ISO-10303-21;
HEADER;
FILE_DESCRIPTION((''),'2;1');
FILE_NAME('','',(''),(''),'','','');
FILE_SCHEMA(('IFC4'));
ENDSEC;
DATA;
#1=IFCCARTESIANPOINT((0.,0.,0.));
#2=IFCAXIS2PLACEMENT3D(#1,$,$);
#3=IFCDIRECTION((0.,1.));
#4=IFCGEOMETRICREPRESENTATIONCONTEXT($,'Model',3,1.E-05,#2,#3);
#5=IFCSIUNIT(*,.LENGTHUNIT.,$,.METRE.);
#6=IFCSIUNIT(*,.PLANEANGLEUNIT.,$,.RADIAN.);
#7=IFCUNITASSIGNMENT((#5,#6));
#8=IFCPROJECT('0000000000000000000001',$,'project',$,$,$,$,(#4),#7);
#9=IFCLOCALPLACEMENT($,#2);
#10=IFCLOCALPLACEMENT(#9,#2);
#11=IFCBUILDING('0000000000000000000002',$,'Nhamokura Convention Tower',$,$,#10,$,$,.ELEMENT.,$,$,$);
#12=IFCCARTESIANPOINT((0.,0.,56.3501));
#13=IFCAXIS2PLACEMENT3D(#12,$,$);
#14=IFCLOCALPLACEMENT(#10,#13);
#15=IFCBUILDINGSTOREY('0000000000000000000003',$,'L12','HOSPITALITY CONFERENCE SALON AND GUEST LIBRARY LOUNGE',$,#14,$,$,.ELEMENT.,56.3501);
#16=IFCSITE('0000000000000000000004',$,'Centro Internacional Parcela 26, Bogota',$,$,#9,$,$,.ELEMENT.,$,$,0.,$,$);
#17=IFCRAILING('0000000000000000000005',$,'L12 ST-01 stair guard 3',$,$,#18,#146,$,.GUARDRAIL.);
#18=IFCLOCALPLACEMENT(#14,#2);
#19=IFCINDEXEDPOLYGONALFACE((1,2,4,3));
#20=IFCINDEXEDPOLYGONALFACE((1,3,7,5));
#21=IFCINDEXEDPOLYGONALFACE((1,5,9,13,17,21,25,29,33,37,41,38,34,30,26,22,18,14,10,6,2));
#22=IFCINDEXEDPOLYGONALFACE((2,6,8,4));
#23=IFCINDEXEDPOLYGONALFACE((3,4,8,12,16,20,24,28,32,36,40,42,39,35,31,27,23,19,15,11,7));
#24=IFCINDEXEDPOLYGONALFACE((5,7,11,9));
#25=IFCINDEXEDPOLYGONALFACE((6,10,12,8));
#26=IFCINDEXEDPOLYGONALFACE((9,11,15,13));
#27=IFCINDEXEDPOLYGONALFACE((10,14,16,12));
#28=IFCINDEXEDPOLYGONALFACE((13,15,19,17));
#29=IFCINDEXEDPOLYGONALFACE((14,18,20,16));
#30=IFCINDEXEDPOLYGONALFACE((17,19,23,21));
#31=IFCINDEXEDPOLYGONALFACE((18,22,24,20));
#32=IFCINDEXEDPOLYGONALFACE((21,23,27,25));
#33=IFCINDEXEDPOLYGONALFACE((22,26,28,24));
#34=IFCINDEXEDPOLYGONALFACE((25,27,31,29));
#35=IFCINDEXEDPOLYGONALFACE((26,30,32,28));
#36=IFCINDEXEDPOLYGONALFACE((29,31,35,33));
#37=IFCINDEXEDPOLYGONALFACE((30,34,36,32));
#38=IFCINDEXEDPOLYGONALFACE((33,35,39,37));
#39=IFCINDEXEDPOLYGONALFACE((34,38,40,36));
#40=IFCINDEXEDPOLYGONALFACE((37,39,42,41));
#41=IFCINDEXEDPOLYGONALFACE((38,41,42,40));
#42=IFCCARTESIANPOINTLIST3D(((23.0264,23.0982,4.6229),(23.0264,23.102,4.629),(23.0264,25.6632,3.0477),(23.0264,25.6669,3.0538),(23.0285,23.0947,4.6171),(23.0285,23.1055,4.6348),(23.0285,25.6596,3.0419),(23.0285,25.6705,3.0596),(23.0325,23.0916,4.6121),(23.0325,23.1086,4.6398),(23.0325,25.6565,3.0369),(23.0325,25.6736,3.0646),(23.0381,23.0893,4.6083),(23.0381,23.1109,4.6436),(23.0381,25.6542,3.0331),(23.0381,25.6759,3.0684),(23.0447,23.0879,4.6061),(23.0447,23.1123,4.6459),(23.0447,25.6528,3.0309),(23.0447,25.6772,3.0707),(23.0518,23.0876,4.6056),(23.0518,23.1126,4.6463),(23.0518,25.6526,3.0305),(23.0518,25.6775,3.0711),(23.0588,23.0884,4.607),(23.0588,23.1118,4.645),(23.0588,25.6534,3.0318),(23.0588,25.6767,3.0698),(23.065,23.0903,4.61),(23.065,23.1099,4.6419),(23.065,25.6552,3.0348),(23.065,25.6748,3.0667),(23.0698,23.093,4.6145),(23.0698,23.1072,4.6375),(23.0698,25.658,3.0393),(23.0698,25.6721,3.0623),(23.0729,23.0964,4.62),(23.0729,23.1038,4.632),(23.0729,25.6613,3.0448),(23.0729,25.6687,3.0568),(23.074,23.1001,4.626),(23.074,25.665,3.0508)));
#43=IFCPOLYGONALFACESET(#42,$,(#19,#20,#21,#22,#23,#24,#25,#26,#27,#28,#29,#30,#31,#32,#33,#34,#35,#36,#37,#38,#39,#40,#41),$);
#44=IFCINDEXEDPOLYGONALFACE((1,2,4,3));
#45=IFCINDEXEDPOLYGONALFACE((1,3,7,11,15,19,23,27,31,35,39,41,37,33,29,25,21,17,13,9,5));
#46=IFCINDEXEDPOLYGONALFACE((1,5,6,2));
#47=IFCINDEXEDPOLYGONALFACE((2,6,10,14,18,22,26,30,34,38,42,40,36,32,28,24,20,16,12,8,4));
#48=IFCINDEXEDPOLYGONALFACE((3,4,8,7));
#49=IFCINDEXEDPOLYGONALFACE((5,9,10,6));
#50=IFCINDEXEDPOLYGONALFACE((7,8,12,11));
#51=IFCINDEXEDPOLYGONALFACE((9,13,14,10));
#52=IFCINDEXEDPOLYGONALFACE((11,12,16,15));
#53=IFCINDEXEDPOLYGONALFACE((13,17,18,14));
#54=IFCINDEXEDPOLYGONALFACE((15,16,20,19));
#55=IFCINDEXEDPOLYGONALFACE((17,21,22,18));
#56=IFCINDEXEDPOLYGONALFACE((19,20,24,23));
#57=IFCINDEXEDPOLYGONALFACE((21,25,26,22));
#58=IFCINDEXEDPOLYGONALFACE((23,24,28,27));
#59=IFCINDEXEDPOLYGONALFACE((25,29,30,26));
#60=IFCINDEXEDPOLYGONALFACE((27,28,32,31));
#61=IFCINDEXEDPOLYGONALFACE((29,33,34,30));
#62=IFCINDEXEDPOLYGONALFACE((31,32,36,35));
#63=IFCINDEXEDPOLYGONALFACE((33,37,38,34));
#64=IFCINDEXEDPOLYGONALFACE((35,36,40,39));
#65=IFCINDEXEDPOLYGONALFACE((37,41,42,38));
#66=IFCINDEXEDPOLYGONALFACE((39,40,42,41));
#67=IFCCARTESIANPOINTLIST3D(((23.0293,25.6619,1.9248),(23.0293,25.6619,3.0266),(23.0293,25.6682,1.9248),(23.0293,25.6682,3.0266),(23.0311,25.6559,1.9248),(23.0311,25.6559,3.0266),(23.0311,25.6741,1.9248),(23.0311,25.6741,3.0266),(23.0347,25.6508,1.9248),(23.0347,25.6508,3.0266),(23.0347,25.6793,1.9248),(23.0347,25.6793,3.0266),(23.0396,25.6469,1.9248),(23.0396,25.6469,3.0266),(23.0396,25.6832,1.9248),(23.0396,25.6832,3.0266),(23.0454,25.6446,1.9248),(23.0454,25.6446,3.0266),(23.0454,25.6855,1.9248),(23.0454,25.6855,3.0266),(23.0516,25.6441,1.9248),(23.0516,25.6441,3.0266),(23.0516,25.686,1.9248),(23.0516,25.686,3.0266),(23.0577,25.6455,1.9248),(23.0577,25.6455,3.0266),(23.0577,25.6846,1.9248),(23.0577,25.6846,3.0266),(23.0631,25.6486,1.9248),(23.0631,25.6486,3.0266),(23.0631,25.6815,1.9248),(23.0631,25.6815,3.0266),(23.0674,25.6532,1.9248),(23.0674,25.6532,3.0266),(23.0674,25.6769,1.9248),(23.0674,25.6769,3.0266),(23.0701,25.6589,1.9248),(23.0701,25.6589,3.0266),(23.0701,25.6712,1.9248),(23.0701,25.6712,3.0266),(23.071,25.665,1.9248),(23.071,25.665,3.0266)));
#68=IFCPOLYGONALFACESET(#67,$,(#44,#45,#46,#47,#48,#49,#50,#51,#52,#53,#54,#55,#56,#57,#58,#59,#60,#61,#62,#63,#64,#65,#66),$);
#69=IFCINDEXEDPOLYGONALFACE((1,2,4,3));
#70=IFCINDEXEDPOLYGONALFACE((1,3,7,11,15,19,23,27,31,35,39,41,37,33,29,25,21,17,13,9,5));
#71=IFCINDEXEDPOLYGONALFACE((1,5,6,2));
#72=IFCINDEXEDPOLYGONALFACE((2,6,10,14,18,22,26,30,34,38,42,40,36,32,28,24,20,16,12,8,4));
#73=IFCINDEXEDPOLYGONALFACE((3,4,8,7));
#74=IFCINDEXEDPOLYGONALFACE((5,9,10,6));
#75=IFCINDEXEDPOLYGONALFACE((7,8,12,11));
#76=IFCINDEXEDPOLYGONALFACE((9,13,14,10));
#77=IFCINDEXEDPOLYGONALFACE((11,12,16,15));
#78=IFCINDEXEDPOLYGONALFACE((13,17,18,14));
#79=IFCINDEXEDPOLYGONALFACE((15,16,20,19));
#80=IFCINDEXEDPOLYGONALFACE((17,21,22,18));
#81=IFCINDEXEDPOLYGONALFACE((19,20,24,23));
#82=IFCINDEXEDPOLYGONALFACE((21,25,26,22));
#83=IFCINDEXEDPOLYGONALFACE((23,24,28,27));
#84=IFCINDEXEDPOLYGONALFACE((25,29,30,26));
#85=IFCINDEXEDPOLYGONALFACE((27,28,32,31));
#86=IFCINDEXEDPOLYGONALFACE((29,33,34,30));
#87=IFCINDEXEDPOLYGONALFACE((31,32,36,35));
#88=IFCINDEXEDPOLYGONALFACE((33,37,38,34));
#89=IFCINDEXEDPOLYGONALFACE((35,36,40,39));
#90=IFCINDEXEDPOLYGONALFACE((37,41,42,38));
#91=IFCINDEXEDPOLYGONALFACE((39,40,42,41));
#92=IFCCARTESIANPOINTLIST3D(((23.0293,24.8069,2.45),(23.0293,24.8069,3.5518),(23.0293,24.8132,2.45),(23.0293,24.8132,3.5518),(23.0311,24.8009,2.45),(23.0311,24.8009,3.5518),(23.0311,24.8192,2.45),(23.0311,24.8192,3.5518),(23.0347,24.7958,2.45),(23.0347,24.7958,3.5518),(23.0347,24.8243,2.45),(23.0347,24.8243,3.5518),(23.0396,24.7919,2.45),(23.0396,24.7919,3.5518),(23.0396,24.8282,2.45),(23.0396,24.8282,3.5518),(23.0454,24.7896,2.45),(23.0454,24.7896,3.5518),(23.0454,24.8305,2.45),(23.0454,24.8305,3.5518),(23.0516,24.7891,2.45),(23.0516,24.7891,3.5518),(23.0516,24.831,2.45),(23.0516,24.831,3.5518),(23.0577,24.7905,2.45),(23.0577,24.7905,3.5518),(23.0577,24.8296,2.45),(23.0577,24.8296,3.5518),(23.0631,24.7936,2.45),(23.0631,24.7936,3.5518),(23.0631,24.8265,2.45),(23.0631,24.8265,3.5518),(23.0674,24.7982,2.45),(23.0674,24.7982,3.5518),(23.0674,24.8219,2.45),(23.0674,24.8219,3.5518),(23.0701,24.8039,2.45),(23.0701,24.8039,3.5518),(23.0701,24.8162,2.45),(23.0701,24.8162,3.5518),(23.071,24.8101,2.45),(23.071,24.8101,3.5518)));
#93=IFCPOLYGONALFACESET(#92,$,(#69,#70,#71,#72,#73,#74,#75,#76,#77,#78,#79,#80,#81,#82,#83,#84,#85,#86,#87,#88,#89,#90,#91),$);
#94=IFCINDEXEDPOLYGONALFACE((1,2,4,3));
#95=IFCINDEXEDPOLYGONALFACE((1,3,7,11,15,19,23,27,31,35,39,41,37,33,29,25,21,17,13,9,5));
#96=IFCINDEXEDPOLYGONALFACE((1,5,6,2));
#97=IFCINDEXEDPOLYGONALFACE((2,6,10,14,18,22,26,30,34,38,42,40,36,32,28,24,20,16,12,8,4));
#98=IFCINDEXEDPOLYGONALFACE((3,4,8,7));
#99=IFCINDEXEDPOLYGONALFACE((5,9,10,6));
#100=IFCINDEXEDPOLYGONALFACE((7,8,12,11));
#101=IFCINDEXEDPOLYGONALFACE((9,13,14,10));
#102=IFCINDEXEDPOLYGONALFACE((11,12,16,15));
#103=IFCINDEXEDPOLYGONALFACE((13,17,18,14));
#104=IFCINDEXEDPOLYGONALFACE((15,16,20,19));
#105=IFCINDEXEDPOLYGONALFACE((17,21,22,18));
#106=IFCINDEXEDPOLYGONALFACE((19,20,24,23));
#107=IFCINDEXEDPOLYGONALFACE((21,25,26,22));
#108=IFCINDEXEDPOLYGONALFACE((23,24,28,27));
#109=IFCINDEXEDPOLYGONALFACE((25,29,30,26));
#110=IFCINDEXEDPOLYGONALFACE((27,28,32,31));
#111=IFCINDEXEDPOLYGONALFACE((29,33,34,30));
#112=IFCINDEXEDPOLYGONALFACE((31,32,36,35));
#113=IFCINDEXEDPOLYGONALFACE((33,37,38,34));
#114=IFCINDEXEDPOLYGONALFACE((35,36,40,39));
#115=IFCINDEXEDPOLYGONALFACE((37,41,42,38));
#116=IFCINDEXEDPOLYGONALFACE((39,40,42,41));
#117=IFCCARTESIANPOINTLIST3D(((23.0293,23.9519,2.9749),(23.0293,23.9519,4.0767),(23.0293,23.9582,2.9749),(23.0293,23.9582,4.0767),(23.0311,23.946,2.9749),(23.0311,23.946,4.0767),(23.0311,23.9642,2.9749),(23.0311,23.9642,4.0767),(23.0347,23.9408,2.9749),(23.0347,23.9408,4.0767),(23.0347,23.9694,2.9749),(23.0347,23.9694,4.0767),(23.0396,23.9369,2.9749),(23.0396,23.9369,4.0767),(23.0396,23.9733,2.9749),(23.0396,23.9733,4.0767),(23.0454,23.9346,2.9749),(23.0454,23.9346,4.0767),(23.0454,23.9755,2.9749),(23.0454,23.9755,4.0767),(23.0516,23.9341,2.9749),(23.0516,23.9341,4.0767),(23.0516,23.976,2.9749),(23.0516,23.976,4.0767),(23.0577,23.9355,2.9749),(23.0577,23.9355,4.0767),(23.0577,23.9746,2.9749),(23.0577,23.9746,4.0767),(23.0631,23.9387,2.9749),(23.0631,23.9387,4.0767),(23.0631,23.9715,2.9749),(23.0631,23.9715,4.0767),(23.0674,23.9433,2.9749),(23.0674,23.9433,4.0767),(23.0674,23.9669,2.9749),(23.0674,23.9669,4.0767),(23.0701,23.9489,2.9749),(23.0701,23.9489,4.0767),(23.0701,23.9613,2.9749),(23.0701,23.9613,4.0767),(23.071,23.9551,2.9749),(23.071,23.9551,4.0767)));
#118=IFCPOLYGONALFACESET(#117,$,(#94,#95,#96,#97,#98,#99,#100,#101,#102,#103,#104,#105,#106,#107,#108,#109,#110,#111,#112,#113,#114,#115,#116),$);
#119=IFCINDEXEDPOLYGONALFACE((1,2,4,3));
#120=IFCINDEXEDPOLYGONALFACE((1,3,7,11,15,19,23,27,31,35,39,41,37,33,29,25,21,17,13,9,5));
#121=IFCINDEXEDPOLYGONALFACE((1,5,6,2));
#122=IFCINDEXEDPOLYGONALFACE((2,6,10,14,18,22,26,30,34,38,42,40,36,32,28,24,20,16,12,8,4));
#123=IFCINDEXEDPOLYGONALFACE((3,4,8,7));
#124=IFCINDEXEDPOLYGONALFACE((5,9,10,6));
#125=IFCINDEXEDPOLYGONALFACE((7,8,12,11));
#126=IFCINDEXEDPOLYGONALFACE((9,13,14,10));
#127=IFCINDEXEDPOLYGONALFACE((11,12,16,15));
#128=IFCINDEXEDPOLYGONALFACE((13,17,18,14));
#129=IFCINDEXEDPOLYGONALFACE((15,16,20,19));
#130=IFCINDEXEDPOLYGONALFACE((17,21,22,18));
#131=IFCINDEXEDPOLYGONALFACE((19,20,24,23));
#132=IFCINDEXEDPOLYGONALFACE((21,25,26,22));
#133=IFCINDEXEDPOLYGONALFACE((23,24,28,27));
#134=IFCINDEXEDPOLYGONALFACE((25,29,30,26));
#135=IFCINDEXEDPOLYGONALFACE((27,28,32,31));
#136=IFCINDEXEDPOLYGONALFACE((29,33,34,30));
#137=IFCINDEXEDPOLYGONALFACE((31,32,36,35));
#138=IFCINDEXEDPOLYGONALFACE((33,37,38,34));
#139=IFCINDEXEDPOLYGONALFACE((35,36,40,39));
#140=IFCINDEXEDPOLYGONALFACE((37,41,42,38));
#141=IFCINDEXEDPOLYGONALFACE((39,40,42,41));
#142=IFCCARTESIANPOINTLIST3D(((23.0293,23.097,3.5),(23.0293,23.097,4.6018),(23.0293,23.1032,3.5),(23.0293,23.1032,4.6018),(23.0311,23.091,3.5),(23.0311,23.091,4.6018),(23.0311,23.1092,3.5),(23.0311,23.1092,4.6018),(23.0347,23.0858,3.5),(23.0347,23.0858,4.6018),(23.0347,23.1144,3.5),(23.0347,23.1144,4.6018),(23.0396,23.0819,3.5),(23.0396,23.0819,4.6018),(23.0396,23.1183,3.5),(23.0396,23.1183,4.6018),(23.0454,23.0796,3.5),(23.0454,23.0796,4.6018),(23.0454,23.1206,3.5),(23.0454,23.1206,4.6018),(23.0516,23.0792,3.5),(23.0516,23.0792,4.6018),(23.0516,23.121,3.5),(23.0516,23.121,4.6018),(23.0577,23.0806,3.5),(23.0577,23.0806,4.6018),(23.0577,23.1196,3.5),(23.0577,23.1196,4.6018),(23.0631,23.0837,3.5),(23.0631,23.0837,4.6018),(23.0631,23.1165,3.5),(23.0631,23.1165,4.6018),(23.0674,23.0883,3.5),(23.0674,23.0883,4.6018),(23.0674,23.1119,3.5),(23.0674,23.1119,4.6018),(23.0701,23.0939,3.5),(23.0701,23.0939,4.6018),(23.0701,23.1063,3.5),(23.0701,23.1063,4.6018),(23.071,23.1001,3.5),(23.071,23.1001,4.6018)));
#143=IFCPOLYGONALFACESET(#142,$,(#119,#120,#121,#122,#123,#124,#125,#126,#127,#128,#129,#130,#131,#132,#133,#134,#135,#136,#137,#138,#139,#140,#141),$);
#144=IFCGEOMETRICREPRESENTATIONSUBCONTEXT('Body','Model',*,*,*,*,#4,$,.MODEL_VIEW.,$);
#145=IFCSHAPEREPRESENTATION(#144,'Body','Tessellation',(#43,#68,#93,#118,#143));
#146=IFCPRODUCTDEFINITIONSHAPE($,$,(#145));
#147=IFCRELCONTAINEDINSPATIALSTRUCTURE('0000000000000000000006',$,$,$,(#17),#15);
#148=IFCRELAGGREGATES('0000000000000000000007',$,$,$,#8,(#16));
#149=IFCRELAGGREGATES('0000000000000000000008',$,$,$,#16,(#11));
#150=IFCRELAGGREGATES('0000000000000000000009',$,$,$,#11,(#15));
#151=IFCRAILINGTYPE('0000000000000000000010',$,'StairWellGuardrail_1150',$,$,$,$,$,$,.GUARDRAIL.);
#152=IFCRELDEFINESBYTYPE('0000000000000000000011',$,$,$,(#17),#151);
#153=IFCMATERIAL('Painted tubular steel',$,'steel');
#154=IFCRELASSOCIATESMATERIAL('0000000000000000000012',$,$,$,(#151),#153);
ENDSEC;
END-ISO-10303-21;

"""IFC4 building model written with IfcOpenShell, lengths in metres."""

from ifc_helpers import new_model, si_unit, direction, frame, origin, origin_2d, place, context, subcontext, project, spatial, circle, extrude, material, type_object, element, save


model = new_model("IFC4")

# Units and contexts
model_context = context("Model", 3, precision=1e-05, world=origin(), true_north=direction((0.0, 1.0)))
body_context = subcontext(model_context, "Body", "Model", "MODEL_VIEW")
ifc_project = project(units=[si_unit("LENGTHUNIT", "METRE"), si_unit("PLANEANGLEUNIT", "RADIAN")], contexts=[model_context])

# Site, building, storey
site_placement = place(None, origin())
site = spatial("IfcSite", under=ifc_project, at=site_placement, Name="Centro Internacional Parcela 26, Bogota", CompositionType="ELEMENT", RefElevation=0.0)
building_placement = place(site_placement, origin())
building = spatial("IfcBuilding", under=site, at=building_placement, Name="Nhamokura Convention Tower", CompositionType="ELEMENT")
storey_placement = place(building_placement, frame((0.0, 0.0, 56.3501)))
storey = spatial("IfcBuildingStorey", under=building, at=storey_placement, Name="L12", Description="HOSPITALITY CONFERENCE SALON AND GUEST LIBRARY LOUNGE", CompositionType="ELEMENT", Elevation=56.3501)

# Railing
ifc_material_1 = material(Name="Painted tubular steel", Category="steel")
railing_type_1 = type_object("IfcRailingType", Name="StairWellGuardrail_1150", PredefinedType="GUARDRAIL", material=ifc_material_1)
railing_1_placement = place(storey_placement, frame((23.05, 25.665, 1.9248)))
element("IfcRailing", 1, at=railing_1_placement, inside=storey, type_object=railing_type_1, Name="L12 ST-01 stair guard 3", PredefinedType="GUARDRAIL", context=body_context, shape_type="SweptSolid", body=[
    extrude(circle(Radius=0.0239, at=origin_2d()), frame((0.0, 0.0, 1.126), z_axis=(0.0, -0.852137, 0.523319), x_axis=(1.0, 0.0, 0.0)), (0.0, 0.0, 1.0), 3.01),
    extrude(circle(Radius=0.021, at=origin_2d()), origin(), (0.0, 0.0, 1.0), 1.1018),
    extrude(circle(Radius=0.021, at=origin_2d()), frame((0.0, -0.855, 0.5251)), (0.0, 0.0, 1.0), 1.1018),
    extrude(circle(Radius=0.021, at=origin_2d()), frame((0.0, -1.71, 1.05)), (0.0, 0.0, 1.0), 1.1018),
    extrude(circle(Radius=0.021, at=origin_2d()), frame((0.0, -2.5649, 1.5752)), (0.0, 0.0, 1.0), 1.1018),
])

save(model, "model.ifc")
